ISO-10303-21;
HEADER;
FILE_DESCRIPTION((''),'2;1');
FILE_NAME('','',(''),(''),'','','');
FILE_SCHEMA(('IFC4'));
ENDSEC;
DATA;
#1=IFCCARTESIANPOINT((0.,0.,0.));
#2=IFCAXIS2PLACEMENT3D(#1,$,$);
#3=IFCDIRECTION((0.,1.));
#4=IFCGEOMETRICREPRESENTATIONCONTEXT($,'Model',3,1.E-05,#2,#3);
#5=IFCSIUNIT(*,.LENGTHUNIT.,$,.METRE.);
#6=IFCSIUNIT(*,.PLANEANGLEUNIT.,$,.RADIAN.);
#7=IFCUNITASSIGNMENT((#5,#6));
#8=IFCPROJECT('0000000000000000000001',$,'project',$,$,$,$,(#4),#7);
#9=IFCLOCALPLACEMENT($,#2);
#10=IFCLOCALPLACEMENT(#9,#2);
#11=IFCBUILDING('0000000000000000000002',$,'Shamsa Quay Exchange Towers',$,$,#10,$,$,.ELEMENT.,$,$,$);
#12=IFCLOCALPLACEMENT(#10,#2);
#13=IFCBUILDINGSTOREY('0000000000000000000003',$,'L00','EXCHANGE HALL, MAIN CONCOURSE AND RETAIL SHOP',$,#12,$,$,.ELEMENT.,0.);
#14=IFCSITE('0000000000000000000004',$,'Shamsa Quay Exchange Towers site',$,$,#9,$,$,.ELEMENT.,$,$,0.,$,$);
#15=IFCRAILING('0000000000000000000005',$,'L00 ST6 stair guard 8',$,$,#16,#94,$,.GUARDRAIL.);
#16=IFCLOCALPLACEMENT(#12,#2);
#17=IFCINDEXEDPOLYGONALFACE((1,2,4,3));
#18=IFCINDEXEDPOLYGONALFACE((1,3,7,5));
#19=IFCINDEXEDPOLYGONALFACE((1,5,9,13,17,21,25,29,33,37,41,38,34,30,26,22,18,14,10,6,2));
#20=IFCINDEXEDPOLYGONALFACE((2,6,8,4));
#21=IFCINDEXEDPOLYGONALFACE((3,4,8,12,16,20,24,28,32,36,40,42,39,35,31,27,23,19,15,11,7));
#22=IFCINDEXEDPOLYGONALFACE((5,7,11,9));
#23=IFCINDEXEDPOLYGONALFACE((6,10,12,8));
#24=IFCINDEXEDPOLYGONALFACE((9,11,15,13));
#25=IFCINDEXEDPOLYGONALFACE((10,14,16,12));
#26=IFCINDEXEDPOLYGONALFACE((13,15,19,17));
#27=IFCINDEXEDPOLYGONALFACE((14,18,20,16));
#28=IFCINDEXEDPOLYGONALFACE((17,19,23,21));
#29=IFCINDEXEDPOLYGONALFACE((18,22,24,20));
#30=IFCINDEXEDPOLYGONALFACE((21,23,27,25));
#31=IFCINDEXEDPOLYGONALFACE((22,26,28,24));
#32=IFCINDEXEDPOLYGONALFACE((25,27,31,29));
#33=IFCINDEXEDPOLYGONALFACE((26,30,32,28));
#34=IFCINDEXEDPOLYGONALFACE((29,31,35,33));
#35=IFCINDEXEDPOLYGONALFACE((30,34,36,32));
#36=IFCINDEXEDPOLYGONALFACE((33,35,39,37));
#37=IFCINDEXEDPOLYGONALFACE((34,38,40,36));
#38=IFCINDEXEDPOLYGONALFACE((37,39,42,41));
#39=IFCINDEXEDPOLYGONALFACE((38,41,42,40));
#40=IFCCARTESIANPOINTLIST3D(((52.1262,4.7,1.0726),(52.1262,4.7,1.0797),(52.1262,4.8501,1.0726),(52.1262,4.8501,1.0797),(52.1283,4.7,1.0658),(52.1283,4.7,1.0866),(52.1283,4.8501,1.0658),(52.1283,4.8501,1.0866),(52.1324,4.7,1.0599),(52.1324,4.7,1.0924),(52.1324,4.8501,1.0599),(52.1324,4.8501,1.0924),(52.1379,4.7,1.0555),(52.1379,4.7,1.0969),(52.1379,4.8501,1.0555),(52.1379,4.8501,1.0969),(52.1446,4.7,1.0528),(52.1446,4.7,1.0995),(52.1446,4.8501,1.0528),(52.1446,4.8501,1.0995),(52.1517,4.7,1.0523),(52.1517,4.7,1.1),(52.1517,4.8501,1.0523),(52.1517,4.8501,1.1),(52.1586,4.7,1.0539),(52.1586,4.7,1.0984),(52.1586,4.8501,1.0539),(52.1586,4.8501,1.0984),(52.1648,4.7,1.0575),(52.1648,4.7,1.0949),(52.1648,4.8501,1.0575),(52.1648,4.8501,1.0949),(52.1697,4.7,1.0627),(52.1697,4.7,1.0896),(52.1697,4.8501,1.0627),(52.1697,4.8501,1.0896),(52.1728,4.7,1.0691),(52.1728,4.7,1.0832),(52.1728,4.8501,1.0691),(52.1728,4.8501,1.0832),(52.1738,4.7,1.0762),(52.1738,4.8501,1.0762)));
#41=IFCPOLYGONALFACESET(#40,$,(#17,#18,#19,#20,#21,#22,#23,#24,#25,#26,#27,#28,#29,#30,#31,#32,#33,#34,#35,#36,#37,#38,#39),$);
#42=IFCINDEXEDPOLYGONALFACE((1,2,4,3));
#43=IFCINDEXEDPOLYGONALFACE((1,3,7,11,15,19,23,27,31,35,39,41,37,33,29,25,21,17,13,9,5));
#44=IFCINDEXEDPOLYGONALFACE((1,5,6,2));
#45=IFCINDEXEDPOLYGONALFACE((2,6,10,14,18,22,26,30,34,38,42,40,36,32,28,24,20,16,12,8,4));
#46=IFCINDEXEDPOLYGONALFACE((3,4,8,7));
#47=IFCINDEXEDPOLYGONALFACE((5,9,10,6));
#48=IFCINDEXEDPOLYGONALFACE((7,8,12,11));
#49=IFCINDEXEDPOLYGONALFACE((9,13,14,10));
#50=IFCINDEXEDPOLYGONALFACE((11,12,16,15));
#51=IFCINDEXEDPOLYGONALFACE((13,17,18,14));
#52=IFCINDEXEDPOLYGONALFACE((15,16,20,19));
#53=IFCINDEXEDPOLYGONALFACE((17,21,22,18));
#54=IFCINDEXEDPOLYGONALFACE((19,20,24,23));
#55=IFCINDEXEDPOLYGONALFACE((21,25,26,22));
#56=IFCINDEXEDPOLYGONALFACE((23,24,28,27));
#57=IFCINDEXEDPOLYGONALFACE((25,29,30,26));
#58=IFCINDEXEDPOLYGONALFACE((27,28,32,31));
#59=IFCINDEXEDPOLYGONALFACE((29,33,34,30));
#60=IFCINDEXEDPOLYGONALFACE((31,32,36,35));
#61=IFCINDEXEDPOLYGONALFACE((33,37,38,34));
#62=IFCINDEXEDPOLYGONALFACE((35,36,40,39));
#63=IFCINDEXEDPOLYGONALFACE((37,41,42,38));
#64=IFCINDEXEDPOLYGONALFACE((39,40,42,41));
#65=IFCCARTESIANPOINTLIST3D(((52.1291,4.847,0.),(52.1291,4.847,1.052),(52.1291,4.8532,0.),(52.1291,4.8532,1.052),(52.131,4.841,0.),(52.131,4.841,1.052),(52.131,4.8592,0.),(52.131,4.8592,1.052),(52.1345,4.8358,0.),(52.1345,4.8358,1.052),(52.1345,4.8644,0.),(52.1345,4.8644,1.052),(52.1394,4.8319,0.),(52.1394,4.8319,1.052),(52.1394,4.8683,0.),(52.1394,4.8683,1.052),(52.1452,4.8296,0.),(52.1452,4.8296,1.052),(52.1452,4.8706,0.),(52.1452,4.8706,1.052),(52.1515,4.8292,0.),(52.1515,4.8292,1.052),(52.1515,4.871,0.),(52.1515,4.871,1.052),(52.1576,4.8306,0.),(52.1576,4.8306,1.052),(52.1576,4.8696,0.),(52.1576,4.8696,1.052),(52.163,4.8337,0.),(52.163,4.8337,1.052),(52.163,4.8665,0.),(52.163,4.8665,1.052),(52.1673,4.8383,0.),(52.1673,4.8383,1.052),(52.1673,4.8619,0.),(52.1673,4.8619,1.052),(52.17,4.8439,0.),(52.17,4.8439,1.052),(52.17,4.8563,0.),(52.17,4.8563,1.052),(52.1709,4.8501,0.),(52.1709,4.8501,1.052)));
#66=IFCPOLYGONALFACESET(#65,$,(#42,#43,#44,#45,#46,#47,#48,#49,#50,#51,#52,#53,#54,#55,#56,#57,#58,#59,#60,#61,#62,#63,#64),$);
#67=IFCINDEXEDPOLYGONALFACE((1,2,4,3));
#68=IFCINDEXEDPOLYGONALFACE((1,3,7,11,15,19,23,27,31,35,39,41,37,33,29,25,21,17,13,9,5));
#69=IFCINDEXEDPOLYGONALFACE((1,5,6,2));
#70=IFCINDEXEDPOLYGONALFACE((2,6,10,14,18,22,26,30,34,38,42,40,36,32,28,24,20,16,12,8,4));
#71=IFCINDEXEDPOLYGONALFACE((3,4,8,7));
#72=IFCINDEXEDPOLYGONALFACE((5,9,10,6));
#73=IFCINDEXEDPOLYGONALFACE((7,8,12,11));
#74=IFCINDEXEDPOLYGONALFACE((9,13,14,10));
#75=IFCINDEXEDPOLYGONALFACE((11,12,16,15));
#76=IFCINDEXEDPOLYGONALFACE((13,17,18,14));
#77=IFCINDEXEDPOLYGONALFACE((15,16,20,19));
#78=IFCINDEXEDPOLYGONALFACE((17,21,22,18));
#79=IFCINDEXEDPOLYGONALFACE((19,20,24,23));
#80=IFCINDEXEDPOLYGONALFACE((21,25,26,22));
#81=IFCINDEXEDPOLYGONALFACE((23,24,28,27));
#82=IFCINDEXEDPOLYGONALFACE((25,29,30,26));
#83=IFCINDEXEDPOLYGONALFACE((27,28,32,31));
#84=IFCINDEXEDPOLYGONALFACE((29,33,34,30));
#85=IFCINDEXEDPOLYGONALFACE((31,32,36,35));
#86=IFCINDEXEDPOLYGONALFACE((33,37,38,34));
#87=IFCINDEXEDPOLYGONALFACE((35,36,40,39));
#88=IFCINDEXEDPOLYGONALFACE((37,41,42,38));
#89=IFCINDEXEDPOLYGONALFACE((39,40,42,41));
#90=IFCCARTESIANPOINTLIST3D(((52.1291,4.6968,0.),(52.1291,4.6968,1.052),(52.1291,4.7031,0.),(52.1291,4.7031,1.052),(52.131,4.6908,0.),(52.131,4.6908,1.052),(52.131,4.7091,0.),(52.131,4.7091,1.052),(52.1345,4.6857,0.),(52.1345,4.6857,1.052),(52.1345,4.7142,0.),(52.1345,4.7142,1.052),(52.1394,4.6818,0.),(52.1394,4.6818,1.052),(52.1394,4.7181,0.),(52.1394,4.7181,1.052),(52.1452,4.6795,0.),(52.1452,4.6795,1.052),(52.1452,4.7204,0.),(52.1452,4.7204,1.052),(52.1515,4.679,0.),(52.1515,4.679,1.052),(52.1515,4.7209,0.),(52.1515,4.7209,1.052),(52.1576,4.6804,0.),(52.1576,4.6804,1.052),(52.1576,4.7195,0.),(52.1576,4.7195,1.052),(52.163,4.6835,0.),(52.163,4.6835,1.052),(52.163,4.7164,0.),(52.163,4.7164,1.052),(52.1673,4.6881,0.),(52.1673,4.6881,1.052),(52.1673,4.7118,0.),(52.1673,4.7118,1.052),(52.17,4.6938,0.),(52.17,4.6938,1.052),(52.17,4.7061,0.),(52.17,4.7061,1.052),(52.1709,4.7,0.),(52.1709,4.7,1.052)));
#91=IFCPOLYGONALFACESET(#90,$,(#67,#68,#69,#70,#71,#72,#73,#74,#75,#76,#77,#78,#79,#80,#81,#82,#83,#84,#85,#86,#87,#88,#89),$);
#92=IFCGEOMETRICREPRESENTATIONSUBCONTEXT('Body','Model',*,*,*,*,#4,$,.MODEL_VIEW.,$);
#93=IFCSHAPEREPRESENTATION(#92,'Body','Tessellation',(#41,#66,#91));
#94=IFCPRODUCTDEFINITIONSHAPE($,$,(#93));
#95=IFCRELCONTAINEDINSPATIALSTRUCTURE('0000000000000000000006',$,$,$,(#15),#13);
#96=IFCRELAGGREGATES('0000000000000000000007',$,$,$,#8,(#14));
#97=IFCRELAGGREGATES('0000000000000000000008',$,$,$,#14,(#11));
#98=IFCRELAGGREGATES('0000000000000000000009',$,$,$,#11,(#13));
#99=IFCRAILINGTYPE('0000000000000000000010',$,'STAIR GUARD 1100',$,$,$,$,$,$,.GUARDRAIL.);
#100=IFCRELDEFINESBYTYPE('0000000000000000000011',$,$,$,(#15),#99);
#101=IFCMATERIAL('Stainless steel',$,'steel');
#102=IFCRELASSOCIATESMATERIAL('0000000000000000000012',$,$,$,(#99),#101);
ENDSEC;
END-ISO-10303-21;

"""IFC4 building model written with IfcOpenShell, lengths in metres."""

from ifc_helpers import new_model, si_unit, direction, frame, origin, origin_2d, place, context, subcontext, project, spatial, circle, extrude, material, type_object, element, save


model = new_model("IFC4")

# Units and contexts
model_context = context("Model", 3, precision=1e-05, world=origin(), true_north=direction((0.0, 1.0)))
body_context = subcontext(model_context, "Body", "Model", "MODEL_VIEW")
ifc_project = project(units=[si_unit("LENGTHUNIT", "METRE"), si_unit("PLANEANGLEUNIT", "RADIAN")], contexts=[model_context])

# Site, building, storey
site_placement = place(None, origin())
site = spatial("IfcSite", under=ifc_project, at=site_placement, Name="Shamsa Quay Exchange Towers site", CompositionType="ELEMENT", RefElevation=0.0)
building_placement = place(site_placement, origin())
building = spatial("IfcBuilding", under=site, at=building_placement, Name="Shamsa Quay Exchange Towers", CompositionType="ELEMENT")
storey_placement = place(building_placement, origin())
storey = spatial("IfcBuildingStorey", under=building, at=storey_placement, Name="L00", Description="EXCHANGE HALL, MAIN CONCOURSE AND RETAIL SHOP", CompositionType="ELEMENT", Elevation=0.0)

# Railing
ifc_material_1 = material(Name="Stainless steel", Category="steel")
railing_type = type_object("IfcRailingType", Name="STAIR GUARD 1100", PredefinedType="GUARDRAIL", material=ifc_material_1)
railing_1_placement = place(storey_placement, frame((52.1499, 4.8501, 0.0)))
element("IfcRailing", 1, at=railing_1_placement, inside=storey, type_object=railing_type, Name="L00 ST6 stair guard 8", PredefinedType="GUARDRAIL", context=body_context, shape_type="SweptSolid", body=[
    extrude(circle(Radius=0.0239, at=origin_2d()), frame((0.0, 0.0, 1.0762), z_axis=(0.0, -1.0, 0.0), x_axis=(1.0, 0.0, 0.0)), (0.0, 0.0, 1.0), 0.1501),
    extrude(circle(Radius=0.021, at=origin_2d()), origin(), (0.0, 0.0, 1.0), 1.052),
    extrude(circle(Radius=0.021, at=origin_2d()), frame((0.0, -0.1501, 0.0)), (0.0, 0.0, 1.0), 1.052),
])

save(model, "model.ifc")
